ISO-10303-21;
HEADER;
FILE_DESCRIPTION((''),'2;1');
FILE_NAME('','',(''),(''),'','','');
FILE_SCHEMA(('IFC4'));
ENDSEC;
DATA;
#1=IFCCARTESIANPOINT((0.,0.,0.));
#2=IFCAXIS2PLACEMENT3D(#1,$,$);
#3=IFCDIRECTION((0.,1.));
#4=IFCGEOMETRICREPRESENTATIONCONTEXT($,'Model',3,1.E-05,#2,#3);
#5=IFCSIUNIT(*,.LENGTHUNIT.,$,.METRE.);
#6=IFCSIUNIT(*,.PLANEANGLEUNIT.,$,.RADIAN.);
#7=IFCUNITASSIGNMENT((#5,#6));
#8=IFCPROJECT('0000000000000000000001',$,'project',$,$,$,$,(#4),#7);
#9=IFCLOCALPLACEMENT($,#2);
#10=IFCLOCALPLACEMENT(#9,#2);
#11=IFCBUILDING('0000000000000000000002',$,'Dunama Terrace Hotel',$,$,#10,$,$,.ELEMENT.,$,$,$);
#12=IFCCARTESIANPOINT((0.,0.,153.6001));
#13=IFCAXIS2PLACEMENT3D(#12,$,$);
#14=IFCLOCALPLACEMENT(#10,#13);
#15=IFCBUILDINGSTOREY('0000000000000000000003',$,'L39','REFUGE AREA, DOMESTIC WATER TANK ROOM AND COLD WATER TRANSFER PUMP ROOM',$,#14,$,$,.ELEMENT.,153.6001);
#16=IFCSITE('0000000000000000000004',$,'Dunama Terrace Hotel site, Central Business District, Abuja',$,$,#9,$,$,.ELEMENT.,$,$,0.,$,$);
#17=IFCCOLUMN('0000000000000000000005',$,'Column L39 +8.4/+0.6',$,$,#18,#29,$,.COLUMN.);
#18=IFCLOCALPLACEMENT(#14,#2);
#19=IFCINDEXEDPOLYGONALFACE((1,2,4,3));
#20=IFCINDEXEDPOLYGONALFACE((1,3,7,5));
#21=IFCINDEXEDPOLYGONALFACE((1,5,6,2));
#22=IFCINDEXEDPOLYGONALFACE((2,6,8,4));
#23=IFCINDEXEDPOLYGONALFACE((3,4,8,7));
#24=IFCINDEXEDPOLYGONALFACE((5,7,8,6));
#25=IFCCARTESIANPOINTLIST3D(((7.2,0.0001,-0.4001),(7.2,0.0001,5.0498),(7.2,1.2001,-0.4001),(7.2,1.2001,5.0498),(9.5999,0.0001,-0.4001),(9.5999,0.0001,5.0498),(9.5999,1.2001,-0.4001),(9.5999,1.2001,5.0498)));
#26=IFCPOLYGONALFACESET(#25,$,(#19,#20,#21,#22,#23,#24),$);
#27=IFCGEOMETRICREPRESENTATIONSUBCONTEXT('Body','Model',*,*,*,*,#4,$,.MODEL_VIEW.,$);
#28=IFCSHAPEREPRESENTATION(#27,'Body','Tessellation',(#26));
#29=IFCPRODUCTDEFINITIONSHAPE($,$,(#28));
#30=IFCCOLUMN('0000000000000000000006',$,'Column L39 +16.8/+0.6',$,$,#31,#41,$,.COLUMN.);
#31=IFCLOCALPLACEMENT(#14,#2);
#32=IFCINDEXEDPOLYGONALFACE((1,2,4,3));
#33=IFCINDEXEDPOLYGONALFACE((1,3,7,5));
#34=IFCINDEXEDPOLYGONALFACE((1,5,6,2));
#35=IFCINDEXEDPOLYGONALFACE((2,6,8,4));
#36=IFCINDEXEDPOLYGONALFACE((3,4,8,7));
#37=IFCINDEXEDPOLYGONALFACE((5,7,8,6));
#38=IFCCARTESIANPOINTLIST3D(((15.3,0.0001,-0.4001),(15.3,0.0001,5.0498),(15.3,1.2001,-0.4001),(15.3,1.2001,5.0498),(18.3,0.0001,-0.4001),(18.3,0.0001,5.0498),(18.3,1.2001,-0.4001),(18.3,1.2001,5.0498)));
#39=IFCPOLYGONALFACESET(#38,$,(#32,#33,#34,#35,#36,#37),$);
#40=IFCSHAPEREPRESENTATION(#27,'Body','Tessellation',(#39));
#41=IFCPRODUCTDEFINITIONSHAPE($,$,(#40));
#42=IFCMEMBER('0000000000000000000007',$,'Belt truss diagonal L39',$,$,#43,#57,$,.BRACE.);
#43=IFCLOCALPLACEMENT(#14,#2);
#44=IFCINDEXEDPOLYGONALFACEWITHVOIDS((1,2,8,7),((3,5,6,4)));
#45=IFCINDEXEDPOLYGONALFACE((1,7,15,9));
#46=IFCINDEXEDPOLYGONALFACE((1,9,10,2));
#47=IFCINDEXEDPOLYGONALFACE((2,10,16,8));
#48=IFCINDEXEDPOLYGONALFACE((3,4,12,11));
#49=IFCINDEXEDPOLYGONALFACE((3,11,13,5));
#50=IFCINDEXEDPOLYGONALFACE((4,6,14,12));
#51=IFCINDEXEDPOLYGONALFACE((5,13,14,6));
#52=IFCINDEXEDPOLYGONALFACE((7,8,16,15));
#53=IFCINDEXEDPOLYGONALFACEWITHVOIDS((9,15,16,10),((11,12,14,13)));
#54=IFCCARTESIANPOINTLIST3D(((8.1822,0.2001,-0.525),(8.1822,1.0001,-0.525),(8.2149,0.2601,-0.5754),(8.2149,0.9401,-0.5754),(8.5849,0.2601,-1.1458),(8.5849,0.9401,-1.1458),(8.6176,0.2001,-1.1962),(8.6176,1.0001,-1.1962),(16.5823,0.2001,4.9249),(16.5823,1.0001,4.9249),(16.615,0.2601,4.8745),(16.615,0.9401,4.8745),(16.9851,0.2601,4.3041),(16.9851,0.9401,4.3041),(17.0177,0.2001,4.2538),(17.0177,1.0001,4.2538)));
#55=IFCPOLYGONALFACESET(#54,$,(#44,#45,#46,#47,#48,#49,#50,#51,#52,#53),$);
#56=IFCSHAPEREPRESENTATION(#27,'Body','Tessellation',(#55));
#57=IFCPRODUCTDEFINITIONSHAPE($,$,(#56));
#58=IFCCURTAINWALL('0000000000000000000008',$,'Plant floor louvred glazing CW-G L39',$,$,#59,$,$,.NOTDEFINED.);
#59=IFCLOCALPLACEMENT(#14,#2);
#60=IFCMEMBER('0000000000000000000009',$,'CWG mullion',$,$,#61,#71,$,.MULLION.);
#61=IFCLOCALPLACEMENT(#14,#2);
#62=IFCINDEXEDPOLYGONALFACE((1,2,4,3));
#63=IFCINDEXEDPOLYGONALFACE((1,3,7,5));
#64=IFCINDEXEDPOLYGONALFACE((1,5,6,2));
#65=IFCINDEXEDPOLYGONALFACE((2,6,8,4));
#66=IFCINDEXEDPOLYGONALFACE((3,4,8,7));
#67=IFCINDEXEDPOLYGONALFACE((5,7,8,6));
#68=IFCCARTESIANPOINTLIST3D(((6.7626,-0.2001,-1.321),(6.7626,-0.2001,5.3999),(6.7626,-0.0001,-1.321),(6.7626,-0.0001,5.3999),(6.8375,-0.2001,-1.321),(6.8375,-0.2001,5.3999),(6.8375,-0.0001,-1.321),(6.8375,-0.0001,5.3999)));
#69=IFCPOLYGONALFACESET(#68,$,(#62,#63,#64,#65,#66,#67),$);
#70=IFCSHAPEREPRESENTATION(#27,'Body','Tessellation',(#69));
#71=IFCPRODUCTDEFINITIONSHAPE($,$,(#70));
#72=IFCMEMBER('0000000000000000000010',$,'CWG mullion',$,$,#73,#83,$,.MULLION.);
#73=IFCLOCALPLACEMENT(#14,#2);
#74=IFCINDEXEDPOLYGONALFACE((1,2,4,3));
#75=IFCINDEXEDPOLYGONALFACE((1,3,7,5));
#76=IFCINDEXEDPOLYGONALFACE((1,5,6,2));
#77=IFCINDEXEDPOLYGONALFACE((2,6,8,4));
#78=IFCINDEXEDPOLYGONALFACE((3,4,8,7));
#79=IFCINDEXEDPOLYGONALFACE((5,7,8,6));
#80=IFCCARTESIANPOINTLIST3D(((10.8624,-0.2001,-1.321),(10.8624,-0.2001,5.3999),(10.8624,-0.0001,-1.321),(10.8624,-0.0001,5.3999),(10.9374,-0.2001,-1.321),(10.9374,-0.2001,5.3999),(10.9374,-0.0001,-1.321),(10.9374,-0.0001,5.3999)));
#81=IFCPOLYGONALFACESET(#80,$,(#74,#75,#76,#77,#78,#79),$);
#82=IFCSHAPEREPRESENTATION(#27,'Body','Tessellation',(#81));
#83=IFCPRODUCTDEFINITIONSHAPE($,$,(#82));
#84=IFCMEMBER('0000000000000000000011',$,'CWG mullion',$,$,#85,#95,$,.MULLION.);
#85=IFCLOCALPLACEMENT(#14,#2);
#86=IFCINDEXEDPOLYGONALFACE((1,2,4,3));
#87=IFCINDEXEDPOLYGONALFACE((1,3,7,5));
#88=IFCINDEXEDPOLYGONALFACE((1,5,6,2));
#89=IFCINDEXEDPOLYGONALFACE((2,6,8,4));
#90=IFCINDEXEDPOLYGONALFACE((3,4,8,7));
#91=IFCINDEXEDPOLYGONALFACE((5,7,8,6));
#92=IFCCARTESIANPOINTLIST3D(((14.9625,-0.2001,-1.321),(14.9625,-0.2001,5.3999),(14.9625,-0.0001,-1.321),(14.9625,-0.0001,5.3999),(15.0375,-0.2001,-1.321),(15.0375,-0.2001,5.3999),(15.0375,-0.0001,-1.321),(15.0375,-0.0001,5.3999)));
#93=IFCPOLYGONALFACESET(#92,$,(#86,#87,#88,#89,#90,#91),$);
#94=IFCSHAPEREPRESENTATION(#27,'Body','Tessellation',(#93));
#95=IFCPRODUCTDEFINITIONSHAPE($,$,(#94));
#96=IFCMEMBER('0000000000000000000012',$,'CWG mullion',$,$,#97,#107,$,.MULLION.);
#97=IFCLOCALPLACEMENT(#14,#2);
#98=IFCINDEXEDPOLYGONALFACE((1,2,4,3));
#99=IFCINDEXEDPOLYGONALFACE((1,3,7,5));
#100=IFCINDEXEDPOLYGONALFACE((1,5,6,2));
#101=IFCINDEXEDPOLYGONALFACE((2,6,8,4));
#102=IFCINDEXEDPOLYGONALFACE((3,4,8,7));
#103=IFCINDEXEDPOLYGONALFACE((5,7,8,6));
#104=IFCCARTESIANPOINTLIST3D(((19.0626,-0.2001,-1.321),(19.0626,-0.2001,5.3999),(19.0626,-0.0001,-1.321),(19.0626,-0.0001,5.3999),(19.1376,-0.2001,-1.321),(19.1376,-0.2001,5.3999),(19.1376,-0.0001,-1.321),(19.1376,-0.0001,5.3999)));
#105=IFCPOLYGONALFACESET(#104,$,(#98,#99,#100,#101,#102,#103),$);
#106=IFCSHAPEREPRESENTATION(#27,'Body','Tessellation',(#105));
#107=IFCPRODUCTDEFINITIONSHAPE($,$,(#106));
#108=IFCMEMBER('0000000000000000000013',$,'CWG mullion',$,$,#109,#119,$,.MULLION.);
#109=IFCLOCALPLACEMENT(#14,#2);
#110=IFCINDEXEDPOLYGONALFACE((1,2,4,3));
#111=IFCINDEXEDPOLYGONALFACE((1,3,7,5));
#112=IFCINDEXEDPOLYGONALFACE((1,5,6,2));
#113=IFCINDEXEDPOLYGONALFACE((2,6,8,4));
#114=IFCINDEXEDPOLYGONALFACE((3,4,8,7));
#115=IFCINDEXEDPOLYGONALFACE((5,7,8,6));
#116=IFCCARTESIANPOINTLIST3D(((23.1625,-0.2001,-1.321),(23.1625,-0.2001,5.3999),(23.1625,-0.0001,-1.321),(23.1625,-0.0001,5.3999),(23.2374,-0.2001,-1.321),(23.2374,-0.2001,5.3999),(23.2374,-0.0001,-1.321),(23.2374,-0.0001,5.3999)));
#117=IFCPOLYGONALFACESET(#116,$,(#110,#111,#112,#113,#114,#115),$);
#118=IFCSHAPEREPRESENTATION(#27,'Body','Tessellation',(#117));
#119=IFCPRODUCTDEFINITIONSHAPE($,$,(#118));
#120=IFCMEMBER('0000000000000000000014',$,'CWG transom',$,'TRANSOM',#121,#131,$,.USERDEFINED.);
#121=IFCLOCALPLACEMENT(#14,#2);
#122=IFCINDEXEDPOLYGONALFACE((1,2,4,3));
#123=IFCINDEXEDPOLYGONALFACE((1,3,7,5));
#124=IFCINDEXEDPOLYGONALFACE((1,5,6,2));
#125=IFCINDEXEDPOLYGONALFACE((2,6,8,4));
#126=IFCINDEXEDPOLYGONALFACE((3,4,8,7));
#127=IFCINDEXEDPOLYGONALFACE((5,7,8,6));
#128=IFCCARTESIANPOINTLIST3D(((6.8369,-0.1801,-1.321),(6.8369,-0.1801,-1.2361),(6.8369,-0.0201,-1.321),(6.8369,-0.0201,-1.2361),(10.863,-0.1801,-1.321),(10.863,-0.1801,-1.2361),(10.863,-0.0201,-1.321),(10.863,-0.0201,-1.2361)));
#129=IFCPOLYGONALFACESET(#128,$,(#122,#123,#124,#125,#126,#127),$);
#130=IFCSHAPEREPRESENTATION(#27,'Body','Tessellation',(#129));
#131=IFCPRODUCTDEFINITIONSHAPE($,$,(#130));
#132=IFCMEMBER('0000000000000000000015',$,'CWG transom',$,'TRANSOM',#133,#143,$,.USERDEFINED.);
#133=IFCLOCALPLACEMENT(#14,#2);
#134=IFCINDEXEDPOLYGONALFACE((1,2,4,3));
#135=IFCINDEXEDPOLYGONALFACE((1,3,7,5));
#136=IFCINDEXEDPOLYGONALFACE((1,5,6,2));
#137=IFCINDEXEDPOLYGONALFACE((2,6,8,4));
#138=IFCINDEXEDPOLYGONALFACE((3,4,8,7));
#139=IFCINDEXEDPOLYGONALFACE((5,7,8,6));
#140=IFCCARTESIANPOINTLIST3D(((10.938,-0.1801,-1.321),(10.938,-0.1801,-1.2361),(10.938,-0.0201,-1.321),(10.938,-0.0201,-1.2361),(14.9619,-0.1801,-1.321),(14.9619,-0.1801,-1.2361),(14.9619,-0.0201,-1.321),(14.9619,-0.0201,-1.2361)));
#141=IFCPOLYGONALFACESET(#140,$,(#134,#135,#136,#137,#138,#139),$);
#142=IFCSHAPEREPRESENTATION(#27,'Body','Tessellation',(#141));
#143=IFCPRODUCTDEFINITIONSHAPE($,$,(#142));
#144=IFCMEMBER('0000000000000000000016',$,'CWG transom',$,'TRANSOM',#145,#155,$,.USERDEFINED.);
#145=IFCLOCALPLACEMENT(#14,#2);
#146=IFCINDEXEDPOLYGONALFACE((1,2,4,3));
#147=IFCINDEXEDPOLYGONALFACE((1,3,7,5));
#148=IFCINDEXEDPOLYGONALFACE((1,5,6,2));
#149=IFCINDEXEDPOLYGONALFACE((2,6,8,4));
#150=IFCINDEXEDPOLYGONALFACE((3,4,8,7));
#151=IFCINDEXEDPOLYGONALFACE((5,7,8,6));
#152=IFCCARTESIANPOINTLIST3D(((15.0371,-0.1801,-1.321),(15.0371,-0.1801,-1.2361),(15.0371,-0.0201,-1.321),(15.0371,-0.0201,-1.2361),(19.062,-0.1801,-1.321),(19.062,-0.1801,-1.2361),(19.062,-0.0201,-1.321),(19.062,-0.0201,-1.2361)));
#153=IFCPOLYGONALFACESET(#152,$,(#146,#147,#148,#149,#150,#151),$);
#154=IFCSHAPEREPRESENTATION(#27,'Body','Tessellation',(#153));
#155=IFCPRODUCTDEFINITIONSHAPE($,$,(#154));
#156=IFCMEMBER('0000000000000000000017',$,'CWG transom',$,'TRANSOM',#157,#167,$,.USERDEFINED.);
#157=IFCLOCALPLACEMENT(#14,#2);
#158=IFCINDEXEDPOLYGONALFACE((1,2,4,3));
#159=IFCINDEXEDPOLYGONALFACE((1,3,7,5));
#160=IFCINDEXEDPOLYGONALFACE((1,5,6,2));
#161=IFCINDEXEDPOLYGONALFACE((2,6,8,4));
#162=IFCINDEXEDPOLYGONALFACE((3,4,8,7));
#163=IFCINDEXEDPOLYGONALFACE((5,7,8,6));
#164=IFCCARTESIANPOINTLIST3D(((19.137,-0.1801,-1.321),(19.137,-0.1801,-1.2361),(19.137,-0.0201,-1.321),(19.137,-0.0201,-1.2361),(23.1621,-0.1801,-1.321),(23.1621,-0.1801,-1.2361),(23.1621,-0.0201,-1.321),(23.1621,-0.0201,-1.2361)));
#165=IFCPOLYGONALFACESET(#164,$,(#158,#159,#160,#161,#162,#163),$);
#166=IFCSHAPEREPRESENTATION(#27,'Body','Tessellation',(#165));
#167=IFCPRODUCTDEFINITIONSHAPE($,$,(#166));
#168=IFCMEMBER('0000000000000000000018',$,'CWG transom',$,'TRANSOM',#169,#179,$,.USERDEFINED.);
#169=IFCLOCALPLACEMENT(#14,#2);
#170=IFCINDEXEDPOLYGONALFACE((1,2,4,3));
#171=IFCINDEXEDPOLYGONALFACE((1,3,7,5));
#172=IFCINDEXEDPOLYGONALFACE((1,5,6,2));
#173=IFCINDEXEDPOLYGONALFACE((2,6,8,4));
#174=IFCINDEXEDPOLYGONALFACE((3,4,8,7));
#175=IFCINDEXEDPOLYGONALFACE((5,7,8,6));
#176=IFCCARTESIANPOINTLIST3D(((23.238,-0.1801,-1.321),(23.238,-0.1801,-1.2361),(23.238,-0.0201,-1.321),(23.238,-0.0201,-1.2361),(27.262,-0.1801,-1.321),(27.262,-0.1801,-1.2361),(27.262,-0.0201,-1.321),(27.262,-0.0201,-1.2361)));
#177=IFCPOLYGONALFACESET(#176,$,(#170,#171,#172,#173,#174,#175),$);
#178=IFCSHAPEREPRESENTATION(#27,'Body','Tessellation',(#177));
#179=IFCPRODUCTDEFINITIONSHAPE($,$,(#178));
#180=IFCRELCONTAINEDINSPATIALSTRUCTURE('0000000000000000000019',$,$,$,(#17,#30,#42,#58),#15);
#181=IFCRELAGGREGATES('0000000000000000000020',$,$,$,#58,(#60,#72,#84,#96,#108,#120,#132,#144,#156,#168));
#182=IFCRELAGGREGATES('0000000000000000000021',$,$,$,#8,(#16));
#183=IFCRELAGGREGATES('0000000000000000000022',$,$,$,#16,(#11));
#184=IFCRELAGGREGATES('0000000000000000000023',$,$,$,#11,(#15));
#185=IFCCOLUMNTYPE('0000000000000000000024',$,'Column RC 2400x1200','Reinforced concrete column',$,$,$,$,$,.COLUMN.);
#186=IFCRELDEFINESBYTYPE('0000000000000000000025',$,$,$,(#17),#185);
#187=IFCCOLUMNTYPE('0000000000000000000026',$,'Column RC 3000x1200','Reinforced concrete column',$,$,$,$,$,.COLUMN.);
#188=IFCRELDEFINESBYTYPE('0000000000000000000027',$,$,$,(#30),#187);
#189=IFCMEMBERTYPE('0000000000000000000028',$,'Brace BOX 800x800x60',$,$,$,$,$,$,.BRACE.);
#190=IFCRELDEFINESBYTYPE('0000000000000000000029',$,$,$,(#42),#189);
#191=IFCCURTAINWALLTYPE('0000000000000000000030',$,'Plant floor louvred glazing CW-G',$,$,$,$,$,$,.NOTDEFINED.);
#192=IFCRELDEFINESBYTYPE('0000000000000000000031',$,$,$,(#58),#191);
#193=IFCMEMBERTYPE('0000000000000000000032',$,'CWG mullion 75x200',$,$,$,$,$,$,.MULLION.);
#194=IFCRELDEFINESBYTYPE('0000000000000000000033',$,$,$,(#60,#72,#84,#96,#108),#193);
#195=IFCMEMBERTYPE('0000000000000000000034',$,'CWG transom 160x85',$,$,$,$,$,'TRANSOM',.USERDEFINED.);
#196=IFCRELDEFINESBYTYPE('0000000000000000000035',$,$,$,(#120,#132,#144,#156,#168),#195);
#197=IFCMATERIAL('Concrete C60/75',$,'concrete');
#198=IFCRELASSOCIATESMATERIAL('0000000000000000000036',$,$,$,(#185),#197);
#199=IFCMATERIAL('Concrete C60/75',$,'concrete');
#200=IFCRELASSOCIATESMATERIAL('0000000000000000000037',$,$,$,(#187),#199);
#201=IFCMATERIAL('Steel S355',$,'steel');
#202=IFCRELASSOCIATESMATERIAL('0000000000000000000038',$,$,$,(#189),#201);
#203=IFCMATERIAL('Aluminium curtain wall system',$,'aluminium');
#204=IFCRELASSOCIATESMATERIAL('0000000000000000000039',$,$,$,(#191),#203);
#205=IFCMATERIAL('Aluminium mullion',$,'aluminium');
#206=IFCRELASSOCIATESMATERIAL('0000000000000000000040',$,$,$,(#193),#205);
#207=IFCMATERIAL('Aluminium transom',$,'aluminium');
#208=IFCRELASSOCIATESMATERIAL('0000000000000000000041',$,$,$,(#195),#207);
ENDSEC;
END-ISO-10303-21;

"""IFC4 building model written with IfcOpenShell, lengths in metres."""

from ifc_helpers import new_model, si_unit, direction, frame, origin, origin_2d, place, context, subcontext, project, spatial, rectangle, hollow_rectangle, extrude, material, material_profile, profile_set, type_object, element, aggregate, save


model = new_model("IFC4")

# Units and contexts
model_context = context("Model", 3, precision=1e-05, world=origin(), true_north=direction((0.0, 1.0)))
body_context = subcontext(model_context, "Body", "Model", "MODEL_VIEW")
ifc_project = project(units=[si_unit("LENGTHUNIT", "METRE"), si_unit("PLANEANGLEUNIT", "RADIAN")], contexts=[model_context])

# Site, building, storey
site_placement = place(None, origin())
site = spatial("IfcSite", under=ifc_project, at=site_placement, Name="Dunama Terrace Hotel site, Central Business District, Abuja", CompositionType="ELEMENT", RefElevation=0.0)
building_placement = place(site_placement, origin())
building = spatial("IfcBuilding", under=site, at=building_placement, Name="Dunama Terrace Hotel", CompositionType="ELEMENT")
storey_placement = place(building_placement, frame((0.0, 0.0, 153.6001)))
storey = spatial("IfcBuildingStorey", under=building, at=storey_placement, Name="L39", Description="REFUGE AREA, DOMESTIC WATER TANK ROOM AND COLD WATER TRANSFER PUMP ROOM", CompositionType="ELEMENT", Elevation=153.6001)

# Columns
ifc_material_1 = material(Name="Concrete C60/75", Category="concrete")
ifc_material_profile_1 = material_profile(ifc_material_1, rectangle(XDim=2.3999, YDim=1.2, at=origin_2d()), Name="RC 2400x1200")
ifc_profile_set_1 = profile_set([ifc_material_profile_1], Name="Concrete C60/75")
column_type_1 = type_object("IfcColumnType", Name="Column RC 2400x1200", Description="Reinforced concrete column", PredefinedType="COLUMN", material=ifc_profile_set_1)
column_1_placement = place(storey_placement, frame((8.3999, 0.6001, -0.4001), z_axis=(0.0, 0.0, 1.0), x_axis=(1.0, 0.0, 0.0)))
element("IfcColumn", 1, at=column_1_placement, inside=storey, type_object=column_type_1, Name="Column L39 +8.4/+0.6", PredefinedType="COLUMN", context=body_context, shape_type="SweptSolid", body=[
    extrude(rectangle(XDim=2.3999, YDim=1.2, at=origin_2d()), origin(), (0.0, 0.0, 1.0), 5.45),
])
ifc_material_2 = material(Name="Concrete C60/75", Category="concrete")
ifc_material_profile_2 = material_profile(ifc_material_2, rectangle(XDim=3.0, YDim=1.2, at=origin_2d()), Name="RC 3000x1200")
ifc_profile_set_2 = profile_set([ifc_material_profile_2], Name="Concrete C60/75")
column_type_2 = type_object("IfcColumnType", Name="Column RC 3000x1200", Description="Reinforced concrete column", PredefinedType="COLUMN", material=ifc_profile_set_2)
column_2_placement = place(storey_placement, frame((16.8, 0.6001, -0.4001), z_axis=(0.0, 0.0, 1.0), x_axis=(1.0, 0.0, 0.0)))
element("IfcColumn", 2, at=column_2_placement, inside=storey, type_object=column_type_2, Name="Column L39 +16.8/+0.6", PredefinedType="COLUMN", context=body_context, shape_type="SweptSolid", body=[
    extrude(rectangle(XDim=3.0, YDim=1.2, at=origin_2d()), origin(), (0.0, 0.0, 1.0), 5.45),
])

# Member
ifc_material_3 = material(Name="Steel S355", Category="steel")
ifc_material_profile_3 = material_profile(ifc_material_3, hollow_rectangle(XDim=0.8, YDim=0.8, WallThickness=0.0601, at=origin_2d()), Name="BOX 800x800x60")
ifc_profile_set_3 = profile_set([ifc_material_profile_3], Name="Steel S355")
member_type_1 = type_object("IfcMemberType", Name="Brace BOX 800x800x60", PredefinedType="BRACE", material=ifc_profile_set_3)
member_1_placement = place(storey_placement, frame((8.3999, 0.6001, -0.8606), z_axis=(0.838906, 0.0, 0.544276), x_axis=(0.0, 1.0, 0.0)))
element("IfcMember", 3, at=member_1_placement, inside=storey, type_object=member_type_1, Name="Belt truss diagonal L39", PredefinedType="BRACE", context=body_context, shape_type="SweptSolid", body=[
    extrude(hollow_rectangle(XDim=0.8, YDim=0.8, WallThickness=0.0601, at=origin_2d()), origin(), (0.0, 0.0, 1.0), 10.0132),
])

# Curtain wall, members
ifc_material_4 = material(Name="Aluminium curtain wall system", Category="aluminium")
curtain_wall_type = type_object("IfcCurtainWallType", Name="Plant floor louvred glazing CW-G", PredefinedType="NOTDEFINED", material=ifc_material_4)
curtain_wall_placement = place(storey_placement, origin())
curtain_wall = element("IfcCurtainWall", 4, at=curtain_wall_placement, inside=storey, type_object=curtain_wall_type, Name="Plant floor louvred glazing CW-G L39", PredefinedType="NOTDEFINED")
ifc_material_5 = material(Name="Aluminium mullion", Category="aluminium")
ifc_material_profile_4 = material_profile(ifc_material_5, rectangle(XDim=0.075, YDim=0.2, at=origin_2d()), Name="CWG MULLION 75X200")
ifc_profile_set_4 = profile_set([ifc_material_profile_4], Name="Aluminium mullion")
member_type_2 = type_object("IfcMemberType", Name="CWG mullion 75x200", PredefinedType="MULLION", material=ifc_profile_set_4)
member_2_placement = place(storey_placement, frame((6.8, -0.1001, -1.321), z_axis=(0.0, 0.0, 1.0), x_axis=(1.0, 0.0, 0.0)))
member_2 = element("IfcMember", 5, at=member_2_placement, type_object=member_type_2, Name="CWG mullion", PredefinedType="MULLION", context=body_context, shape_type="SweptSolid", body=[
    extrude(rectangle(XDim=0.075, YDim=0.2, at=origin_2d()), origin(), (0.0, 0.0, 1.0), 6.7209),
])
member_3_placement = place(storey_placement, frame((10.8999, -0.1001, -1.321), z_axis=(0.0, 0.0, 1.0), x_axis=(1.0, 0.0, 0.0)))
member_3 = element("IfcMember", 6, at=member_3_placement, type_object=member_type_2, Name="CWG mullion", PredefinedType="MULLION", context=body_context, shape_type="SweptSolid", body=[
    extrude(rectangle(XDim=0.075, YDim=0.2, at=origin_2d()), origin(), (0.0, 0.0, 1.0), 6.7209),
])
member_4_placement = place(storey_placement, frame((15.0, -0.1001, -1.321), z_axis=(0.0, 0.0, 1.0), x_axis=(1.0, 0.0, 0.0)))
member_4 = element("IfcMember", 7, at=member_4_placement, type_object=member_type_2, Name="CWG mullion", PredefinedType="MULLION", context=body_context, shape_type="SweptSolid", body=[
    extrude(rectangle(XDim=0.075, YDim=0.2, at=origin_2d()), origin(), (0.0, 0.0, 1.0), 6.7209),
])
member_5_placement = place(storey_placement, frame((19.1001, -0.1001, -1.321), z_axis=(0.0, 0.0, 1.0), x_axis=(1.0, 0.0, 0.0)))
member_5 = element("IfcMember", 8, at=member_5_placement, type_object=member_type_2, Name="CWG mullion", PredefinedType="MULLION", context=body_context, shape_type="SweptSolid", body=[
    extrude(rectangle(XDim=0.075, YDim=0.2, at=origin_2d()), origin(), (0.0, 0.0, 1.0), 6.7209),
])
member_6_placement = place(storey_placement, frame((23.2, -0.1001, -1.321), z_axis=(0.0, 0.0, 1.0), x_axis=(1.0, 0.0, 0.0)))
member_6 = element("IfcMember", 9, at=member_6_placement, type_object=member_type_2, Name="CWG mullion", PredefinedType="MULLION", context=body_context, shape_type="SweptSolid", body=[
    extrude(rectangle(XDim=0.075, YDim=0.2, at=origin_2d()), origin(), (0.0, 0.0, 1.0), 6.7209),
])
ifc_material_6 = material(Name="Aluminium transom", Category="aluminium")
ifc_material_profile_5 = material_profile(ifc_material_6, rectangle(XDim=0.1599, YDim=0.085, at=origin_2d()), Name="CWG TRANSOM 160X85")
ifc_profile_set_5 = profile_set([ifc_material_profile_5], Name="Aluminium transom")
member_type_3 = type_object("IfcMemberType", Name="CWG transom 160x85", ElementType="TRANSOM", PredefinedType="USERDEFINED", material=ifc_profile_set_5)
member_7_placement = place(storey_placement, frame((6.8369, -0.1001, -1.2786), z_axis=(1.0, 0.0, 0.0), x_axis=(0.0, 1.0, 0.0)))
member_7 = element("IfcMember", 10, at=member_7_placement, type_object=member_type_3, Name="CWG transom", ObjectType="TRANSOM", PredefinedType="USERDEFINED", context=body_context, shape_type="SweptSolid", body=[
    extrude(rectangle(XDim=0.1599, YDim=0.085, at=origin_2d()), origin(), (0.0, 0.0, 1.0), 4.0261),
])
member_8_placement = place(storey_placement, frame((10.938, -0.1001, -1.2786), z_axis=(1.0, 0.0, 0.0), x_axis=(0.0, 1.0, 0.0)))
member_8 = element("IfcMember", 11, at=member_8_placement, type_object=member_type_3, Name="CWG transom", ObjectType="TRANSOM", PredefinedType="USERDEFINED", context=body_context, shape_type="SweptSolid", body=[
    extrude(rectangle(XDim=0.1599, YDim=0.085, at=origin_2d()), origin(), (0.0, 0.0, 1.0), 4.0239),
])
member_9_placement = place(storey_placement, frame((15.0371, -0.1001, -1.2786), z_axis=(1.0, 0.0, 0.0), x_axis=(0.0, 1.0, 0.0)))
member_9 = element("IfcMember", 12, at=member_9_placement, type_object=member_type_3, Name="CWG transom", ObjectType="TRANSOM", PredefinedType="USERDEFINED", context=body_context, shape_type="SweptSolid", body=[
    extrude(rectangle(XDim=0.1599, YDim=0.085, at=origin_2d()), origin(), (0.0, 0.0, 1.0), 4.0249),
])
member_10_placement = place(storey_placement, frame((19.137, -0.1001, -1.2786), z_axis=(1.0, 0.0, 0.0), x_axis=(0.0, 1.0, 0.0)))
member_10 = element("IfcMember", 13, at=member_10_placement, type_object=member_type_3, Name="CWG transom", ObjectType="TRANSOM", PredefinedType="USERDEFINED", context=body_context, shape_type="SweptSolid", body=[
    extrude(rectangle(XDim=0.1599, YDim=0.085, at=origin_2d()), origin(), (0.0, 0.0, 1.0), 4.0251),
])
member_11_placement = place(storey_placement, frame((23.238, -0.1001, -1.2786), z_axis=(1.0, 0.0, 0.0), x_axis=(0.0, 1.0, 0.0)))
member_11 = element("IfcMember", 14, at=member_11_placement, type_object=member_type_3, Name="CWG transom", ObjectType="TRANSOM", PredefinedType="USERDEFINED", context=body_context, shape_type="SweptSolid", body=[
    extrude(rectangle(XDim=0.1599, YDim=0.085, at=origin_2d()), origin(), (0.0, 0.0, 1.0), 4.0239),
])

aggregate(curtain_wall, [member_2, member_3, member_4, member_5, member_6, member_7, member_8, member_9, member_10, member_11])

save(model, "model.ifc")
